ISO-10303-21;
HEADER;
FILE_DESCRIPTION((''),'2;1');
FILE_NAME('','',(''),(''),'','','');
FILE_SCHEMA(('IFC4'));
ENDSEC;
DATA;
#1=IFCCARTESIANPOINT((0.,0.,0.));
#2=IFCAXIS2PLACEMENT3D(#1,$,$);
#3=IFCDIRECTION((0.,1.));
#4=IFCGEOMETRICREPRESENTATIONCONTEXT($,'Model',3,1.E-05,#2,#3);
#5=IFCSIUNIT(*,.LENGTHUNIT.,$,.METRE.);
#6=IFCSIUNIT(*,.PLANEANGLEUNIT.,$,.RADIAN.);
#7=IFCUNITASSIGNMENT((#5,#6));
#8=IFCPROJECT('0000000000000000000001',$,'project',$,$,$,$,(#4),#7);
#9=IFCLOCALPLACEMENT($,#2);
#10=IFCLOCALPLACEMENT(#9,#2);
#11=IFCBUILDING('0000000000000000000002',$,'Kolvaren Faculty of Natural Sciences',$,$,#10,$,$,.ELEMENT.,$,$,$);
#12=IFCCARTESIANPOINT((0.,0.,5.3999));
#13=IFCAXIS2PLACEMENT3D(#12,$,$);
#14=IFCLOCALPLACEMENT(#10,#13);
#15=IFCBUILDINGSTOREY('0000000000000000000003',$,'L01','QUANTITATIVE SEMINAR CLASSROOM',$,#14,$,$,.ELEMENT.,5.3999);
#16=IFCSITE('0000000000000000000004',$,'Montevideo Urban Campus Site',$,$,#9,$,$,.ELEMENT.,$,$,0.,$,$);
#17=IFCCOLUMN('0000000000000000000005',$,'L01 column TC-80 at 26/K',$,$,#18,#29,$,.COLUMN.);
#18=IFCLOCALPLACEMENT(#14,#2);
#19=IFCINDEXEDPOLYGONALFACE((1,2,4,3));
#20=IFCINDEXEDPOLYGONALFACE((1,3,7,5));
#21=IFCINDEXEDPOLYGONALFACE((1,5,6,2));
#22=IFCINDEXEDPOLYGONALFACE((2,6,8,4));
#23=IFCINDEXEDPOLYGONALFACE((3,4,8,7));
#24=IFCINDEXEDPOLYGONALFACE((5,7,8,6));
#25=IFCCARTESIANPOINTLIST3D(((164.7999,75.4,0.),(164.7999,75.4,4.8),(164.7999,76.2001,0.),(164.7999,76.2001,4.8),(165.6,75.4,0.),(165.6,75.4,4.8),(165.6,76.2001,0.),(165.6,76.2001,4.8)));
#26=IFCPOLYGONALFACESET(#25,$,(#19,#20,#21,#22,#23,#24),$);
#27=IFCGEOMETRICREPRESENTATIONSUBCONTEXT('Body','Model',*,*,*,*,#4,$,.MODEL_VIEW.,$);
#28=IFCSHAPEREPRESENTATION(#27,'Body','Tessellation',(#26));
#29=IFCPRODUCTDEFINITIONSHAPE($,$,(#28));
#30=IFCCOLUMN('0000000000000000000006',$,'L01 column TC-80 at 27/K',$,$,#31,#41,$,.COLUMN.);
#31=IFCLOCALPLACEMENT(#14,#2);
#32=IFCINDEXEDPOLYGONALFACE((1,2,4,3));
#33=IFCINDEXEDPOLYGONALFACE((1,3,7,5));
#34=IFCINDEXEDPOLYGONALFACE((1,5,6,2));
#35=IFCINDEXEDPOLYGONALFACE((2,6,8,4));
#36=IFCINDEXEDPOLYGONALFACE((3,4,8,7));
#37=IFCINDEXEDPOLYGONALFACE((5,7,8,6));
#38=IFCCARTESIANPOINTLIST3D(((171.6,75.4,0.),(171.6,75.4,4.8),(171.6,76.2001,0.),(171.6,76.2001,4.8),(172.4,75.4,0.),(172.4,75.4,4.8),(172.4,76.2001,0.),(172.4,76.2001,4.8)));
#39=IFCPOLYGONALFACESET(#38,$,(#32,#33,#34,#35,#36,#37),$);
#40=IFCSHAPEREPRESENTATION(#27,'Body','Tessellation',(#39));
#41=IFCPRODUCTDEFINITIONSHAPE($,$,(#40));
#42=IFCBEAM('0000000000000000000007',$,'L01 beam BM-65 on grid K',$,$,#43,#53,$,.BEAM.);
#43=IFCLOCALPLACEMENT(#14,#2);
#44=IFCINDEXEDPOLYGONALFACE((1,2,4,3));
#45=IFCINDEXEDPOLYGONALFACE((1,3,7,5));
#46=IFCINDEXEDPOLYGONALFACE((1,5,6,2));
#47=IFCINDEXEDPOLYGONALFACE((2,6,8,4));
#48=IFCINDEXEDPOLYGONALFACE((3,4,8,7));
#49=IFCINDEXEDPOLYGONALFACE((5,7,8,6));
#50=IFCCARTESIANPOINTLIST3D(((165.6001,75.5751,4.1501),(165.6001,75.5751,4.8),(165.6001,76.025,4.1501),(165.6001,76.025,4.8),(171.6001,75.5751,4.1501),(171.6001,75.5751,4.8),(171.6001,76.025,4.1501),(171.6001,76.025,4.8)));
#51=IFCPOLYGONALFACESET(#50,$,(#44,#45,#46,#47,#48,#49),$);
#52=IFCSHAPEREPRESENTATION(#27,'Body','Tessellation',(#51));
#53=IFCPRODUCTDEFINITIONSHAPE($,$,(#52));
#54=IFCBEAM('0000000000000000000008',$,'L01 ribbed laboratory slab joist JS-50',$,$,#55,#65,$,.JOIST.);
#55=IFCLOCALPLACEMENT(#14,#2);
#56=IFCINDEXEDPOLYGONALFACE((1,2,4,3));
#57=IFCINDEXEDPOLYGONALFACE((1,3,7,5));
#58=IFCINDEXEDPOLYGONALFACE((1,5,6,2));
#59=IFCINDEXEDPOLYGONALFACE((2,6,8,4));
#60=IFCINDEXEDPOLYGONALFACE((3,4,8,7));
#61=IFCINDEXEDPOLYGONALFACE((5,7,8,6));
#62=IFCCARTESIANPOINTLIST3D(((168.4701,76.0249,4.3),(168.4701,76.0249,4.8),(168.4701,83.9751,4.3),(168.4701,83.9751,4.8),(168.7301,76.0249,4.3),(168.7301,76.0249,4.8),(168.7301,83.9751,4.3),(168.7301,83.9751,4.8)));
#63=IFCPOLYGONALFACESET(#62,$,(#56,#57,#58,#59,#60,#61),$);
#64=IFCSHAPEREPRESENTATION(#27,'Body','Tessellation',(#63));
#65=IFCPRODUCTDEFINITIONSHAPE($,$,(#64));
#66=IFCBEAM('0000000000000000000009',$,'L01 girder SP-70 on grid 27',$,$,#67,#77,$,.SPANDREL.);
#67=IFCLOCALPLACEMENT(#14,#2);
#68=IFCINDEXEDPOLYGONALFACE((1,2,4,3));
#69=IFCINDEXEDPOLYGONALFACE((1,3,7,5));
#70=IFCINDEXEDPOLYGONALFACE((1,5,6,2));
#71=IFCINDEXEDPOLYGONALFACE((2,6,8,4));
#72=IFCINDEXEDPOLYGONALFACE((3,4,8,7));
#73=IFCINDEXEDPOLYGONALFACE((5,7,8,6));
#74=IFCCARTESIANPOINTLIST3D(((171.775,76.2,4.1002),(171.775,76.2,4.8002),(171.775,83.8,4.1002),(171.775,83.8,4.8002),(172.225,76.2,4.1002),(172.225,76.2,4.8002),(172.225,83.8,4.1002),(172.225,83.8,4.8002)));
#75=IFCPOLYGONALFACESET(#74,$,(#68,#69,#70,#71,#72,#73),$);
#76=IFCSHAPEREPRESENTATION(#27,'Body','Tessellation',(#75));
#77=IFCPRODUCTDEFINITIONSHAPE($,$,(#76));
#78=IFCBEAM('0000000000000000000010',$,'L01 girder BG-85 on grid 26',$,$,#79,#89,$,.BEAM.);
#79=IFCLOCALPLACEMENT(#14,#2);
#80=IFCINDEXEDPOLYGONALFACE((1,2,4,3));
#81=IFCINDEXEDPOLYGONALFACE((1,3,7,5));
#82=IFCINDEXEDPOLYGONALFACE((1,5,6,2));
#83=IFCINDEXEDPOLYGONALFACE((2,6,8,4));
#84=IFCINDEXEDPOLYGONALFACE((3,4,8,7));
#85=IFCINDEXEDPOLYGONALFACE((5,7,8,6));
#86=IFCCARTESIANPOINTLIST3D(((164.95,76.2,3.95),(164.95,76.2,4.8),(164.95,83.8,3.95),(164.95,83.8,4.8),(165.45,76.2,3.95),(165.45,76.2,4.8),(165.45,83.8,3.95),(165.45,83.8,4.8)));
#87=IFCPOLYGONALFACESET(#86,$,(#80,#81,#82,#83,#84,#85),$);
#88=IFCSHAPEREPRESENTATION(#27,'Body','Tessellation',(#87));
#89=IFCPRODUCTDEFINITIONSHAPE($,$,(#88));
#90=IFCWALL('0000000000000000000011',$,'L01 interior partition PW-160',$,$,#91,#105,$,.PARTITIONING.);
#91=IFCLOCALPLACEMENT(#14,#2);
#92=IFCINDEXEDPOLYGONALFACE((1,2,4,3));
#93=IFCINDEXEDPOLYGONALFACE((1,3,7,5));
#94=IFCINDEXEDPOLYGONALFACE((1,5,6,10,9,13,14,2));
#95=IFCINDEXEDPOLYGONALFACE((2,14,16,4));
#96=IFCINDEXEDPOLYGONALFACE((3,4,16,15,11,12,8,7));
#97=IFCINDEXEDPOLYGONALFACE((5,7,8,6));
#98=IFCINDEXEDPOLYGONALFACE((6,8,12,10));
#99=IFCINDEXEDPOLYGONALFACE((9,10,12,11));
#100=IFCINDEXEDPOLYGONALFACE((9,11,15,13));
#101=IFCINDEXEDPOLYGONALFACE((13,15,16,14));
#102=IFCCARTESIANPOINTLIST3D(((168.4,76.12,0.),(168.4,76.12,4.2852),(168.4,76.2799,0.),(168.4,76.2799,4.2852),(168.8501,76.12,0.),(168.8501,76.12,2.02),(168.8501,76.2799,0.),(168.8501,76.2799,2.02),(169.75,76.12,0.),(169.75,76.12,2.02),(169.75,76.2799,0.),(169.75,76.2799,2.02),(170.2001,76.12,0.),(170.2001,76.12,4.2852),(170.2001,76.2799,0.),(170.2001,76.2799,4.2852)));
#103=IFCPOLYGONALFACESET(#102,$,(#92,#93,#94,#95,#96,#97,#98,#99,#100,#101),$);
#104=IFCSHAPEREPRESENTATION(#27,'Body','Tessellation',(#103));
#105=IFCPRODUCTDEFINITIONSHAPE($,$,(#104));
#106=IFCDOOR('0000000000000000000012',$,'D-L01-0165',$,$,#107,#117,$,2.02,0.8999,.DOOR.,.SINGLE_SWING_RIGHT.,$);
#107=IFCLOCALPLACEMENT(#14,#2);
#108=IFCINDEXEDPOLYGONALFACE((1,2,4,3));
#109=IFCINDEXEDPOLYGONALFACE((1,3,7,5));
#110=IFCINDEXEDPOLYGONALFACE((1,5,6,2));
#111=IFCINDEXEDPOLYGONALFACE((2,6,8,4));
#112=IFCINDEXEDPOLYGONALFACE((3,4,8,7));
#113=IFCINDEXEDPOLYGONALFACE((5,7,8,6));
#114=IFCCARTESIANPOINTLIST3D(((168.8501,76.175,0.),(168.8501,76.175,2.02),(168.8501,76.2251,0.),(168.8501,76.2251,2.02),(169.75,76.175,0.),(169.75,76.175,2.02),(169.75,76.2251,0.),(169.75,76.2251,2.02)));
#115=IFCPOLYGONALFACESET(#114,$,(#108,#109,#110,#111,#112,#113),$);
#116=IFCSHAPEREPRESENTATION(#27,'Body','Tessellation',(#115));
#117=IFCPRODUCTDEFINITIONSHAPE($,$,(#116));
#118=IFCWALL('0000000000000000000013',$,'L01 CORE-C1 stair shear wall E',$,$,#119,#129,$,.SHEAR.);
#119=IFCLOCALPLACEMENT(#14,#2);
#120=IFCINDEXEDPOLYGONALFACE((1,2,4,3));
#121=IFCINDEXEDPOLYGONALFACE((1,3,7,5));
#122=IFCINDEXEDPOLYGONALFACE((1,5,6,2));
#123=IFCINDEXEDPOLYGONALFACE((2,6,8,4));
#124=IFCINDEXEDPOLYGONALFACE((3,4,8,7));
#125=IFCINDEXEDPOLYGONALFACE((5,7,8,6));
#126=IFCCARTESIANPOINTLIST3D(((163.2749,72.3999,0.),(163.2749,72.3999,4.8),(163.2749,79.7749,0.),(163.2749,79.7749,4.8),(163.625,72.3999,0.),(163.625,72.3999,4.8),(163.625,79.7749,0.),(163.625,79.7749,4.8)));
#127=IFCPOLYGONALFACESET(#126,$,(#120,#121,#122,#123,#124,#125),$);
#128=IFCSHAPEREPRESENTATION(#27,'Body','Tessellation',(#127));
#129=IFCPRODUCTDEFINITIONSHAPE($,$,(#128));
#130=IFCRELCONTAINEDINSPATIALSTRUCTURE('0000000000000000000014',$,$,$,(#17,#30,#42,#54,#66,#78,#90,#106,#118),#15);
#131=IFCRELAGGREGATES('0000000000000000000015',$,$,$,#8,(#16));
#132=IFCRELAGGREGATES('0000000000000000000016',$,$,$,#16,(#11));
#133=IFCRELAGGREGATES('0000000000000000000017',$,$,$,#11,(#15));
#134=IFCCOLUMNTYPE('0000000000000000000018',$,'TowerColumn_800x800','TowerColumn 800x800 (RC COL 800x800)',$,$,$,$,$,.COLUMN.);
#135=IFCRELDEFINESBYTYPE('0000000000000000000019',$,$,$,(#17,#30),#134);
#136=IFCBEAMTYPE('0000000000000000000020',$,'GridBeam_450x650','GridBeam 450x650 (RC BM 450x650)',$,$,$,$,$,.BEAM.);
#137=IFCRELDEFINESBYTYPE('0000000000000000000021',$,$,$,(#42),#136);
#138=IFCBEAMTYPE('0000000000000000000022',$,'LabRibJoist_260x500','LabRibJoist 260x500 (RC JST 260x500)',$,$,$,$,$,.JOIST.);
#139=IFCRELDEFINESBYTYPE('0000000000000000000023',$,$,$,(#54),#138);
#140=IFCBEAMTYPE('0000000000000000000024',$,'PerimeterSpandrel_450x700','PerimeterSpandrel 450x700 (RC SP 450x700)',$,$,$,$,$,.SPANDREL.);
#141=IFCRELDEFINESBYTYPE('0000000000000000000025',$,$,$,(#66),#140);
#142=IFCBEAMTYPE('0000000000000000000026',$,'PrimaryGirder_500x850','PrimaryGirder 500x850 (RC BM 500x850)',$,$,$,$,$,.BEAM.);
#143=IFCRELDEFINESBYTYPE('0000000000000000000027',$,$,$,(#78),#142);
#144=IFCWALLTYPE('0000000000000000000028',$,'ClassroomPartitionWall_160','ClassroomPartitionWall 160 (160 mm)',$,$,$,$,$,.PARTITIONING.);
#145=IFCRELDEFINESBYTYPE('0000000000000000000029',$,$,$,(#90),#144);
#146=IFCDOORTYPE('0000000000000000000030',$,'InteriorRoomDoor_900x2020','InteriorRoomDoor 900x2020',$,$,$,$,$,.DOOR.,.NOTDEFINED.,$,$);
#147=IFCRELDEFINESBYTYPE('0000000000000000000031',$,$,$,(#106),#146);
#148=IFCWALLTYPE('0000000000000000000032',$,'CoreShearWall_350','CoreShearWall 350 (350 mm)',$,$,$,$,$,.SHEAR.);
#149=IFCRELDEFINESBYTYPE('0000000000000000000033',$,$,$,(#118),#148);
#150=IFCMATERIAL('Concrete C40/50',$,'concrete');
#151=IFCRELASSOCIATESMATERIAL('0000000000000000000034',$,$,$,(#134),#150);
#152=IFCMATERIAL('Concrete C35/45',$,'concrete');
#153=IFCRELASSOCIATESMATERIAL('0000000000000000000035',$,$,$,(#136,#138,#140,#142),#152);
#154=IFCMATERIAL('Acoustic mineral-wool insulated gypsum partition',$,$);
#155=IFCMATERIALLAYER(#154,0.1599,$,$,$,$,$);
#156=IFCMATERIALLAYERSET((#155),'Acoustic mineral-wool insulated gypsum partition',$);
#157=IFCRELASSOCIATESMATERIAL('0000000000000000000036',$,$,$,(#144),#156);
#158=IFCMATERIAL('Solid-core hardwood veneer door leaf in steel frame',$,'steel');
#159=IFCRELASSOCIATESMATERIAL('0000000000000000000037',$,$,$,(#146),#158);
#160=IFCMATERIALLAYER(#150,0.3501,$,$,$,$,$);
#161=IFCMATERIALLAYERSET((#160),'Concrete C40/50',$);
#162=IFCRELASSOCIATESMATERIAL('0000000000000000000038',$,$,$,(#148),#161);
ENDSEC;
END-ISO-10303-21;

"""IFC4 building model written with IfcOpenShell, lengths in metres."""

from ifc_helpers import new_model, si_unit, direction, frame, frame_2d, origin, origin_2d, place, context, subcontext, project, spatial, rectangle, extrude, material, layer, layer_set, material_profile, profile_set, type_object, element, fill, save


model = new_model("IFC4")

# Units and contexts
model_context = context("Model", 3, precision=1e-05, world=origin(), true_north=direction((0.0, 1.0)))
body_context = subcontext(model_context, "Body", "Model", "MODEL_VIEW")
ifc_project = project(units=[si_unit("LENGTHUNIT", "METRE"), si_unit("PLANEANGLEUNIT", "RADIAN")], contexts=[model_context])

# Site, building, storey
site_placement = place(None, origin())
site = spatial("IfcSite", under=ifc_project, at=site_placement, Name="Montevideo Urban Campus Site", CompositionType="ELEMENT", RefElevation=0.0)
building_placement = place(site_placement, origin())
building = spatial("IfcBuilding", under=site, at=building_placement, Name="Kolvaren Faculty of Natural Sciences", CompositionType="ELEMENT")
storey_placement = place(building_placement, frame((0.0, 0.0, 5.3999)))
storey = spatial("IfcBuildingStorey", under=building, at=storey_placement, Name="L01", Description="QUANTITATIVE SEMINAR CLASSROOM", CompositionType="ELEMENT", Elevation=5.3999)

# Columns
ifc_material_1 = material(Name="Concrete C40/50", Category="concrete")
ifc_material_profile_1 = material_profile(ifc_material_1, rectangle(XDim=0.8, YDim=0.8, at=origin_2d()), Name="RC COL 800x800")
ifc_profile_set_1 = profile_set([ifc_material_profile_1], Name="Concrete C40/50")
column_type = type_object("IfcColumnType", Name="TowerColumn_800x800", Description="TowerColumn 800x800 (RC COL 800x800)", PredefinedType="COLUMN", material=ifc_profile_set_1)
for number, where, z_axis, x_axis, name in (
    (1, (165.2, 75.8, 0.0), (0.0, 0.0, 1.0), (1.0, 0.0, 0.0), "L01 column TC-80 at 26/K"),
    (2, (172.0, 75.8, 0.0), (0.0, 0.0, 1.0), (1.0, 0.0, 0.0), "L01 column TC-80 at 27/K"),
):
    element("IfcColumn", number, at=place(storey_placement, frame(where, z_axis=z_axis, x_axis=x_axis)), inside=storey, type_object=column_type, Name=name, PredefinedType="COLUMN", context=body_context, shape_type="SweptSolid", body=[
        extrude(rectangle(XDim=0.8, YDim=0.8, at=origin_2d()), origin(), (0.0, 0.0, 1.0), 4.8),
    ])

# Beams
ifc_material_2 = material(Name="Concrete C35/45", Category="concrete")
ifc_material_profile_2 = material_profile(ifc_material_2, rectangle(XDim=0.45, YDim=0.6499, at=origin_2d()), Name="RC BM 450x650")
ifc_profile_set_2 = profile_set([ifc_material_profile_2], Name="Concrete C35/45")
beam_type_1 = type_object("IfcBeamType", Name="GridBeam_450x650", Description="GridBeam 450x650 (RC BM 450x650)", PredefinedType="BEAM", material=ifc_profile_set_2)
beam_1_placement = place(storey_placement, frame((165.6001, 75.8, 4.4751), z_axis=(1.0, 0.0, 0.0), x_axis=(0.0, 1.0, 0.0)))
element("IfcBeam", 3, at=beam_1_placement, inside=storey, type_object=beam_type_1, Name="L01 beam BM-65 on grid K", PredefinedType="BEAM", context=body_context, shape_type="SweptSolid", body=[
    extrude(rectangle(XDim=0.45, YDim=0.6499, at=origin_2d()), origin(), (0.0, 0.0, 1.0), 6.0),
])
ifc_material_profile_3 = material_profile(ifc_material_2, rectangle(XDim=0.26, YDim=0.5, at=origin_2d()), Name="RC JST 260x500")
ifc_profile_set_3 = profile_set([ifc_material_profile_3], Name="Concrete C35/45")
beam_type_2 = type_object("IfcBeamType", Name="LabRibJoist_260x500", Description="LabRibJoist 260x500 (RC JST 260x500)", PredefinedType="JOIST", material=ifc_profile_set_3)
beam_2_placement = place(storey_placement, frame((168.6001, 76.0249, 4.55), z_axis=(0.0, 1.0, 0.0), x_axis=(-1.0, 0.0, 0.0)))
element("IfcBeam", 4, at=beam_2_placement, inside=storey, type_object=beam_type_2, Name="L01 ribbed laboratory slab joist JS-50", PredefinedType="JOIST", context=body_context, shape_type="SweptSolid", body=[
    extrude(rectangle(XDim=0.26, YDim=0.5, at=origin_2d()), origin(), (0.0, 0.0, 1.0), 7.9502),
])
ifc_material_profile_4 = material_profile(ifc_material_2, rectangle(XDim=0.45, YDim=0.7, at=origin_2d()), Name="RC SP 450x700")
ifc_profile_set_4 = profile_set([ifc_material_profile_4], Name="Concrete C35/45")
beam_type_3 = type_object("IfcBeamType", Name="PerimeterSpandrel_450x700", Description="PerimeterSpandrel 450x700 (RC SP 450x700)", PredefinedType="SPANDREL", material=ifc_profile_set_4)
beam_3_placement = place(storey_placement, frame((172.0, 76.2, 4.4502), z_axis=(0.0, 1.0, 0.0), x_axis=(-1.0, 0.0, 0.0)))
element("IfcBeam", 5, at=beam_3_placement, inside=storey, type_object=beam_type_3, Name="L01 girder SP-70 on grid 27", PredefinedType="SPANDREL", context=body_context, shape_type="SweptSolid", body=[
    extrude(rectangle(XDim=0.45, YDim=0.7, at=origin_2d()), origin(), (0.0, 0.0, 1.0), 7.6001),
])
ifc_material_profile_5 = material_profile(ifc_material_2, rectangle(XDim=0.5, YDim=0.8501, at=origin_2d()), Name="RC BM 500x850")
ifc_profile_set_5 = profile_set([ifc_material_profile_5], Name="Concrete C35/45")
beam_type_4 = type_object("IfcBeamType", Name="PrimaryGirder_500x850", Description="PrimaryGirder 500x850 (RC BM 500x850)", PredefinedType="BEAM", material=ifc_profile_set_5)
beam_4_placement = place(storey_placement, frame((165.2, 76.2, 4.375), z_axis=(0.0, 1.0, 0.0), x_axis=(-1.0, 0.0, 0.0)))
element("IfcBeam", 6, at=beam_4_placement, inside=storey, type_object=beam_type_4, Name="L01 girder BG-85 on grid 26", PredefinedType="BEAM", context=body_context, shape_type="SweptSolid", body=[
    extrude(rectangle(XDim=0.5, YDim=0.8501, at=origin_2d()), origin(), (0.0, 0.0, 1.0), 7.6001),
])

# Wall, opening, door
ifc_material_3 = material(Name="Acoustic mineral-wool insulated gypsum partition")
ifc_layer_1 = layer(ifc_material_3, 0.1599)
ifc_layer_set_1 = layer_set([ifc_layer_1], Name="Acoustic mineral-wool insulated gypsum partition")
wall_type_1 = type_object("IfcWallType", Name="ClassroomPartitionWall_160", Description="ClassroomPartitionWall 160 (160 mm)", PredefinedType="PARTITIONING", material=ifc_layer_set_1)
wall_1_placement = place(storey_placement, frame((170.2, 76.2, 0.0), z_axis=(0.0, 0.0, 1.0), x_axis=(-1.0, 0.0, 0.0)))
wall_1 = element("IfcWall", 7, at=wall_1_placement, inside=storey, type_object=wall_type_1, Name="L01 interior partition PW-160", PredefinedType="PARTITIONING", context=body_context, shape_type="SweptSolid", body=[
    extrude(rectangle(XDim=1.8, YDim=0.1599, at=frame_2d((0.8999, 0.0))), origin(), (0.0, 0.0, 1.0), 4.2852),
])
opening_1_placement = place(wall_1_placement, frame((0.45, 0.0, 0.0)))
opening_1 = element("IfcOpeningElement", 8, at=opening_1_placement, cuts=wall_1, PredefinedType="OPENING", context=body_context, shape_type="SweptSolid", body=[
    extrude(rectangle(XDim=0.8999, YDim=2.02, at=frame_2d((0.45, 1.01))), frame((0.0, 0.0898, 0.0), z_axis=(0.0, -1.0, 0.0), x_axis=(1.0, 0.0, 0.0)), (0.0, 0.0, 1.0), 0.1799),
])
ifc_material_4 = material(Name="Solid-core hardwood veneer door leaf in steel frame", Category="steel")
door_type_1 = type_object("IfcDoorType", Name="InteriorRoomDoor_900x2020", Description="InteriorRoomDoor 900x2020", OperationType="NOTDEFINED", PredefinedType="DOOR", material=ifc_material_4)
door_1_placement = place(opening_1_placement, origin())
door_1 = element("IfcDoor", 9, at=door_1_placement, inside=storey, type_object=door_type_1, Name="D-L01-0165", OperationType="SINGLE_SWING_RIGHT", OverallHeight=2.02, OverallWidth=0.8999, PredefinedType="DOOR", context=body_context, shape_type="SweptSolid", body=[
    extrude(rectangle(XDim=0.8999, YDim=2.02, at=frame_2d((0.45, 1.01))), frame((0.0, 0.0249, 0.0), z_axis=(0.0, -1.0, 0.0), x_axis=(1.0, 0.0, 0.0)), (0.0, 0.0, 1.0), 0.05),
])
fill(opening_1, door_1)

# Wall
ifc_layer_2 = layer(ifc_material_1, 0.3501)
ifc_layer_set_2 = layer_set([ifc_layer_2], Name="Concrete C40/50")
wall_type_2 = type_object("IfcWallType", Name="CoreShearWall_350", Description="CoreShearWall 350 (350 mm)", PredefinedType="SHEAR", material=ifc_layer_set_2)
wall_2_placement = place(storey_placement, frame((163.45, 72.3999, 0.0), z_axis=(0.0, 0.0, 1.0), x_axis=(0.0, 1.0, 0.0)))
element("IfcWall", 10, at=wall_2_placement, inside=storey, type_object=wall_type_2, Name="L01 CORE-C1 stair shear wall E", PredefinedType="SHEAR", context=body_context, shape_type="SweptSolid", body=[
    extrude(rectangle(XDim=7.375, YDim=0.3501, at=frame_2d((3.6875, 0.0))), origin(), (0.0, 0.0, 1.0), 4.8),
])

save(model, "model.ifc")
